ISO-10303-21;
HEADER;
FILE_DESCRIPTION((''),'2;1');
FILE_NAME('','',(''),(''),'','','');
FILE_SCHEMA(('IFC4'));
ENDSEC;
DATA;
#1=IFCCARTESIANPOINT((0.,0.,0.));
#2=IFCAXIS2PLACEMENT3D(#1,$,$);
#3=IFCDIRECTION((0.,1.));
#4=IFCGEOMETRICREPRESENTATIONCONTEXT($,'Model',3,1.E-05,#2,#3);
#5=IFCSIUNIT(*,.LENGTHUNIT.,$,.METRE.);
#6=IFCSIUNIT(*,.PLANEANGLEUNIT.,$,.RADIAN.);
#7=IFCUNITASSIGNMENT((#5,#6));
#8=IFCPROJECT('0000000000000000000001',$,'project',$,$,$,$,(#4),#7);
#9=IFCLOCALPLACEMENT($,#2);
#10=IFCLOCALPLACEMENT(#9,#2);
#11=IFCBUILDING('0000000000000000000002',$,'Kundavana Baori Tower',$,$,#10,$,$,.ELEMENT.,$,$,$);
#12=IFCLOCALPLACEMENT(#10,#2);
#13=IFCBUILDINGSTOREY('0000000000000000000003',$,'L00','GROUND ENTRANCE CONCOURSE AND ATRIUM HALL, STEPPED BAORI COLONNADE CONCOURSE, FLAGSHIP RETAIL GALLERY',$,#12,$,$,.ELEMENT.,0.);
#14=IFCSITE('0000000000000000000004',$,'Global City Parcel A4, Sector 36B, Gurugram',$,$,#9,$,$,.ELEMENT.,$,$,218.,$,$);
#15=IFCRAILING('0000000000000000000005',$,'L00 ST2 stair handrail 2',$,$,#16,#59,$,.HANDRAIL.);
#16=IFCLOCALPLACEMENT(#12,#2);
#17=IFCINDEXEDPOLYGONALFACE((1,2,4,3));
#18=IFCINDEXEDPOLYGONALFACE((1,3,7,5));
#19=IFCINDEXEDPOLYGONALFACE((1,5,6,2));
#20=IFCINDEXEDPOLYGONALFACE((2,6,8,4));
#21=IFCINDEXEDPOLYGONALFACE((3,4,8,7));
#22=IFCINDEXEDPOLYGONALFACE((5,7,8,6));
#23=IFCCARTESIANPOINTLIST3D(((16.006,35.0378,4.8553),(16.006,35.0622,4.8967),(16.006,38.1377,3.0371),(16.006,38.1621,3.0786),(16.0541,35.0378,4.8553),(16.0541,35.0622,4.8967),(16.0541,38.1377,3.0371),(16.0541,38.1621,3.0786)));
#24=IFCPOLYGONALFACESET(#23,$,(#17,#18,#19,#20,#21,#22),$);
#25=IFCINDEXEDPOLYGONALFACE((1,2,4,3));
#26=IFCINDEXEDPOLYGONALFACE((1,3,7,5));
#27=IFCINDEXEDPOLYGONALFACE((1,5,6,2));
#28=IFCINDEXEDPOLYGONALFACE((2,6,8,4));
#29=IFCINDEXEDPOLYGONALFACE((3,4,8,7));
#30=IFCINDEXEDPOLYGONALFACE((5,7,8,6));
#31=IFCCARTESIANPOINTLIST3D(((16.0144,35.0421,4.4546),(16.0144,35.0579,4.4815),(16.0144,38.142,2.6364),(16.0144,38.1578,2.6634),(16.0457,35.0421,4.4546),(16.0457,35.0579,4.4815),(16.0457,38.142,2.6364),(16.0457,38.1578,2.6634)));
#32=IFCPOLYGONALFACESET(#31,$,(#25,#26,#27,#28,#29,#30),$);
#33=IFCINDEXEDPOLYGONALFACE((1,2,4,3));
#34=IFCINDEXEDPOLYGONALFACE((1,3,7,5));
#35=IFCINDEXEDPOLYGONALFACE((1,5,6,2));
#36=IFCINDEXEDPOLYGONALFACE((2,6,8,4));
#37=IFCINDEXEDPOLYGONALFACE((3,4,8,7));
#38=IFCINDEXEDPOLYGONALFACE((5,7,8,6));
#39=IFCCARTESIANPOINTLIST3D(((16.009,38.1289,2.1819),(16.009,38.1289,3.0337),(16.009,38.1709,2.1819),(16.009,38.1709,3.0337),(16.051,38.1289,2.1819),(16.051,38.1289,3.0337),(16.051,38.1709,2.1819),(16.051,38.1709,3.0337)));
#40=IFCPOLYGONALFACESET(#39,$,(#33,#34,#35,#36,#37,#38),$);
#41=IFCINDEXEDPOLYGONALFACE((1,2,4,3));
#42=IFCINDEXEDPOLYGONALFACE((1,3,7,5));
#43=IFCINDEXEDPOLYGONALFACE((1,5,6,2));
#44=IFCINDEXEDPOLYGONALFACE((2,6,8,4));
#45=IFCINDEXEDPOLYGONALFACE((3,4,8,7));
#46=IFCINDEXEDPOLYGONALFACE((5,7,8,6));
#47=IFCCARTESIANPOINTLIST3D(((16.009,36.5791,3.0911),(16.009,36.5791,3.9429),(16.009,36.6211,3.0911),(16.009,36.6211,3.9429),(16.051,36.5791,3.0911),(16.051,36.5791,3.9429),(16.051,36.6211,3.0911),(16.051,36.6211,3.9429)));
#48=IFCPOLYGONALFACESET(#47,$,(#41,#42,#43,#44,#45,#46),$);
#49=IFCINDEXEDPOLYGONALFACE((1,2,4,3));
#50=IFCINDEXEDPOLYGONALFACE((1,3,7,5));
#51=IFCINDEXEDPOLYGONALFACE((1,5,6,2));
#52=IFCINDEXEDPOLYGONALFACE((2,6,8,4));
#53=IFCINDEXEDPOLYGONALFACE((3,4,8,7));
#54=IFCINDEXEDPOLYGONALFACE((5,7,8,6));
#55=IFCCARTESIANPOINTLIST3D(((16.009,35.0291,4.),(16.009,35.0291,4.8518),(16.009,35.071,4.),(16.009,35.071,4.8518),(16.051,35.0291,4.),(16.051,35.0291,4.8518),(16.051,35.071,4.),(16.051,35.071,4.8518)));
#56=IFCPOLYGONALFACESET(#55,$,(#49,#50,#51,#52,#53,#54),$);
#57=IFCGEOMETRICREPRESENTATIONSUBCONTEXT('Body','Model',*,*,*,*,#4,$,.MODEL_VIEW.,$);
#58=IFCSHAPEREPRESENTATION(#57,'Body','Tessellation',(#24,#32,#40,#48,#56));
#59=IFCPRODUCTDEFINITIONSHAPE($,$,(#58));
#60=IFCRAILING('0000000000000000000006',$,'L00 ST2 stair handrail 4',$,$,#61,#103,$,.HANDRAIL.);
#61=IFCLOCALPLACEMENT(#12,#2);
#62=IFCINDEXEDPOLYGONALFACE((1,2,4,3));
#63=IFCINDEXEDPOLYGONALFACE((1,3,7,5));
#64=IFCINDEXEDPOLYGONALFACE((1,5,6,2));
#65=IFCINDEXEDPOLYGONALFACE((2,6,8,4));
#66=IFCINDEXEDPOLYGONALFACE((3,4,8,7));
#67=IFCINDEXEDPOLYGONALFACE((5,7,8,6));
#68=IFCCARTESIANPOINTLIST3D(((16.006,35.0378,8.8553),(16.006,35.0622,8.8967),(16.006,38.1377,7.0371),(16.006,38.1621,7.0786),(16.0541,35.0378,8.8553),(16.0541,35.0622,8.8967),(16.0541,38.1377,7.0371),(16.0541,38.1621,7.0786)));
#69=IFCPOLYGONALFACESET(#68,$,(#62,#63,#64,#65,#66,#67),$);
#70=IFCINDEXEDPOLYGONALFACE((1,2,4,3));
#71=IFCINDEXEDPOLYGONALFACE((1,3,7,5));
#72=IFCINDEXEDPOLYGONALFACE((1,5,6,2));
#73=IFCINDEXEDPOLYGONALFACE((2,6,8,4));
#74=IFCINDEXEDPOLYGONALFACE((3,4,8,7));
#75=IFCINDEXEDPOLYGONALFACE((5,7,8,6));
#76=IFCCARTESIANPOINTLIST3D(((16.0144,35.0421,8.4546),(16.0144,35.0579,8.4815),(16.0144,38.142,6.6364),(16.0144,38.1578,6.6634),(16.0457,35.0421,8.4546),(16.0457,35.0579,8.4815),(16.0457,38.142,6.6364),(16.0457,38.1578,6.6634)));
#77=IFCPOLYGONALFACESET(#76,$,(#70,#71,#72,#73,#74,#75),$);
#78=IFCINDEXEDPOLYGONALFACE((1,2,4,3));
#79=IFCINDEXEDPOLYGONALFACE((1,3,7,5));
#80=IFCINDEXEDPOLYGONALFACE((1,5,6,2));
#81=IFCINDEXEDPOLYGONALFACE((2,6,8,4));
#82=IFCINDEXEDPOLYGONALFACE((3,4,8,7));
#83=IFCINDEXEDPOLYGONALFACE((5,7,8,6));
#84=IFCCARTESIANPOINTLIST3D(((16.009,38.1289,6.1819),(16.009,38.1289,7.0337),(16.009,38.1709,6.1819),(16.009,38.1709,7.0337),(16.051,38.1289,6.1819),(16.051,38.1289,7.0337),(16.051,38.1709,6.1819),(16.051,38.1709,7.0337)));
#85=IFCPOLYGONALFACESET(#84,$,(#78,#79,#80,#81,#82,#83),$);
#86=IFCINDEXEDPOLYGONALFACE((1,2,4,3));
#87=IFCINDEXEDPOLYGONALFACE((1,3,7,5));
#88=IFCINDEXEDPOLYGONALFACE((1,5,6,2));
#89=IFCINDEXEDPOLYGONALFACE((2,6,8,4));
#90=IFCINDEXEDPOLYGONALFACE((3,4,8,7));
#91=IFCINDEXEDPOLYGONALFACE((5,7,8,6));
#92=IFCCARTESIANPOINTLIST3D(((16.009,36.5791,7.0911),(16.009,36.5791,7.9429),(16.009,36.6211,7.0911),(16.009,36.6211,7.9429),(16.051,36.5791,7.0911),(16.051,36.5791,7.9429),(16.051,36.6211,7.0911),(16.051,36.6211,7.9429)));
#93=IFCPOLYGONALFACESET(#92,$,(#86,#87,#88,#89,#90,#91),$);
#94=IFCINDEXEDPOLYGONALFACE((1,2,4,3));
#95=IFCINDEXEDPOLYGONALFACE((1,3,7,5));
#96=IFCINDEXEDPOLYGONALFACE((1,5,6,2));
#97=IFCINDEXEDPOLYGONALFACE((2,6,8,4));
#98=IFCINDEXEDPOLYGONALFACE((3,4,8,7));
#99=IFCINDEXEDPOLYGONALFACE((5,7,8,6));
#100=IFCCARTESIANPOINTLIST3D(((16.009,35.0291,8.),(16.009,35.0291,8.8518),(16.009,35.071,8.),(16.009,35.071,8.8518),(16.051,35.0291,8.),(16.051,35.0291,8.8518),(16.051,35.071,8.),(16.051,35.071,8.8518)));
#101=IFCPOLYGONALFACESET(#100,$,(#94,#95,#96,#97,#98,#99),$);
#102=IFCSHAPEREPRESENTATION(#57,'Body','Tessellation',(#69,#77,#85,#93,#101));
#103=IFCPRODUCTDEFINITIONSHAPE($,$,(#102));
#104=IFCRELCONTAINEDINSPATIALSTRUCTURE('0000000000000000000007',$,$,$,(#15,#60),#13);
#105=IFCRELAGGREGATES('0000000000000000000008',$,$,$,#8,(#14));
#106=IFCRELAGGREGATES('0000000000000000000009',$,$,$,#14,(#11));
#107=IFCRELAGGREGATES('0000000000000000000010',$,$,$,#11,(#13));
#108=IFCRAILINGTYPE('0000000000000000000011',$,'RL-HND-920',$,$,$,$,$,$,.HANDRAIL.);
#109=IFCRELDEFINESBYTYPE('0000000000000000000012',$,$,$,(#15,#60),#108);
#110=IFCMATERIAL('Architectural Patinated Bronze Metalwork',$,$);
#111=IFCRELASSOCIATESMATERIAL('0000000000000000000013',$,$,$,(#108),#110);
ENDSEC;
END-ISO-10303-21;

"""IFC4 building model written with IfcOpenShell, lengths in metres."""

from ifc_helpers import new_model, si_unit, direction, frame, origin, origin_2d, place, context, subcontext, project, spatial, rectangle, extrude, material, type_object, element, save


model = new_model("IFC4")

# Units and contexts
model_context = context("Model", 3, precision=1e-05, world=origin(), true_north=direction((0.0, 1.0)))
body_context = subcontext(model_context, "Body", "Model", "MODEL_VIEW")
ifc_project = project(units=[si_unit("LENGTHUNIT", "METRE"), si_unit("PLANEANGLEUNIT", "RADIAN")], contexts=[model_context])

# Site, building, storey
site_placement = place(None, origin())
site = spatial("IfcSite", under=ifc_project, at=site_placement, Name="Global City Parcel A4, Sector 36B, Gurugram", CompositionType="ELEMENT", RefElevation=218.0)
building_placement = place(site_placement, origin())
building = spatial("IfcBuilding", under=site, at=building_placement, Name="Kundavana Baori Tower", CompositionType="ELEMENT")
storey_placement = place(building_placement, origin())
storey = spatial("IfcBuildingStorey", under=building, at=storey_placement, Name="L00", Description="GROUND ENTRANCE CONCOURSE AND ATRIUM HALL, STEPPED BAORI COLONNADE CONCOURSE, FLAGSHIP RETAIL GALLERY", CompositionType="ELEMENT", Elevation=0.0)

# Railings
ifc_material_1 = material(Name="Architectural Patinated Bronze Metalwork")
railing_type_1 = type_object("IfcRailingType", Name="RL-HND-920", PredefinedType="HANDRAIL", material=ifc_material_1)
for number, where, name in (
    (1, (16.03, 38.1499, 2.1819), "L00 ST2 stair handrail 2"),
    (2, (16.03, 38.1499, 6.1819), "L00 ST2 stair handrail 4"),
):
    element("IfcRailing", number, at=place(storey_placement, frame(where)), inside=storey, type_object=railing_type_1, Name=name, PredefinedType="HANDRAIL", context=body_context, shape_type="SweptSolid", body=[
        extrude(rectangle(XDim=0.0481, YDim=0.0481, at=origin_2d()), frame((0.0, 0.0, 0.876), z_axis=(0.0, -0.862581, 0.505918), x_axis=(1.0, 0.0, 0.0)), (0.0, 0.0, 1.0), 3.5938),
        extrude(rectangle(XDim=0.0312, YDim=0.0312, at=origin_2d()), frame((0.0, 0.0, 0.468), z_axis=(0.0, -0.862581, 0.505918), x_axis=(1.0, 0.0, 0.0)), (0.0, 0.0, 1.0), 3.5938),
        extrude(rectangle(XDim=0.042, YDim=0.042, at=origin_2d()), origin(), (0.0, 0.0, 1.0), 0.8518),
        extrude(rectangle(XDim=0.042, YDim=0.042, at=origin_2d()), frame((0.0, -1.5498, 0.9092)), (0.0, 0.0, 1.0), 0.8518),
        extrude(rectangle(XDim=0.042, YDim=0.042, at=origin_2d()), frame((0.0, -3.0999, 1.8181)), (0.0, 0.0, 1.0), 0.8518),
    ])

save(model, "model.ifc")
